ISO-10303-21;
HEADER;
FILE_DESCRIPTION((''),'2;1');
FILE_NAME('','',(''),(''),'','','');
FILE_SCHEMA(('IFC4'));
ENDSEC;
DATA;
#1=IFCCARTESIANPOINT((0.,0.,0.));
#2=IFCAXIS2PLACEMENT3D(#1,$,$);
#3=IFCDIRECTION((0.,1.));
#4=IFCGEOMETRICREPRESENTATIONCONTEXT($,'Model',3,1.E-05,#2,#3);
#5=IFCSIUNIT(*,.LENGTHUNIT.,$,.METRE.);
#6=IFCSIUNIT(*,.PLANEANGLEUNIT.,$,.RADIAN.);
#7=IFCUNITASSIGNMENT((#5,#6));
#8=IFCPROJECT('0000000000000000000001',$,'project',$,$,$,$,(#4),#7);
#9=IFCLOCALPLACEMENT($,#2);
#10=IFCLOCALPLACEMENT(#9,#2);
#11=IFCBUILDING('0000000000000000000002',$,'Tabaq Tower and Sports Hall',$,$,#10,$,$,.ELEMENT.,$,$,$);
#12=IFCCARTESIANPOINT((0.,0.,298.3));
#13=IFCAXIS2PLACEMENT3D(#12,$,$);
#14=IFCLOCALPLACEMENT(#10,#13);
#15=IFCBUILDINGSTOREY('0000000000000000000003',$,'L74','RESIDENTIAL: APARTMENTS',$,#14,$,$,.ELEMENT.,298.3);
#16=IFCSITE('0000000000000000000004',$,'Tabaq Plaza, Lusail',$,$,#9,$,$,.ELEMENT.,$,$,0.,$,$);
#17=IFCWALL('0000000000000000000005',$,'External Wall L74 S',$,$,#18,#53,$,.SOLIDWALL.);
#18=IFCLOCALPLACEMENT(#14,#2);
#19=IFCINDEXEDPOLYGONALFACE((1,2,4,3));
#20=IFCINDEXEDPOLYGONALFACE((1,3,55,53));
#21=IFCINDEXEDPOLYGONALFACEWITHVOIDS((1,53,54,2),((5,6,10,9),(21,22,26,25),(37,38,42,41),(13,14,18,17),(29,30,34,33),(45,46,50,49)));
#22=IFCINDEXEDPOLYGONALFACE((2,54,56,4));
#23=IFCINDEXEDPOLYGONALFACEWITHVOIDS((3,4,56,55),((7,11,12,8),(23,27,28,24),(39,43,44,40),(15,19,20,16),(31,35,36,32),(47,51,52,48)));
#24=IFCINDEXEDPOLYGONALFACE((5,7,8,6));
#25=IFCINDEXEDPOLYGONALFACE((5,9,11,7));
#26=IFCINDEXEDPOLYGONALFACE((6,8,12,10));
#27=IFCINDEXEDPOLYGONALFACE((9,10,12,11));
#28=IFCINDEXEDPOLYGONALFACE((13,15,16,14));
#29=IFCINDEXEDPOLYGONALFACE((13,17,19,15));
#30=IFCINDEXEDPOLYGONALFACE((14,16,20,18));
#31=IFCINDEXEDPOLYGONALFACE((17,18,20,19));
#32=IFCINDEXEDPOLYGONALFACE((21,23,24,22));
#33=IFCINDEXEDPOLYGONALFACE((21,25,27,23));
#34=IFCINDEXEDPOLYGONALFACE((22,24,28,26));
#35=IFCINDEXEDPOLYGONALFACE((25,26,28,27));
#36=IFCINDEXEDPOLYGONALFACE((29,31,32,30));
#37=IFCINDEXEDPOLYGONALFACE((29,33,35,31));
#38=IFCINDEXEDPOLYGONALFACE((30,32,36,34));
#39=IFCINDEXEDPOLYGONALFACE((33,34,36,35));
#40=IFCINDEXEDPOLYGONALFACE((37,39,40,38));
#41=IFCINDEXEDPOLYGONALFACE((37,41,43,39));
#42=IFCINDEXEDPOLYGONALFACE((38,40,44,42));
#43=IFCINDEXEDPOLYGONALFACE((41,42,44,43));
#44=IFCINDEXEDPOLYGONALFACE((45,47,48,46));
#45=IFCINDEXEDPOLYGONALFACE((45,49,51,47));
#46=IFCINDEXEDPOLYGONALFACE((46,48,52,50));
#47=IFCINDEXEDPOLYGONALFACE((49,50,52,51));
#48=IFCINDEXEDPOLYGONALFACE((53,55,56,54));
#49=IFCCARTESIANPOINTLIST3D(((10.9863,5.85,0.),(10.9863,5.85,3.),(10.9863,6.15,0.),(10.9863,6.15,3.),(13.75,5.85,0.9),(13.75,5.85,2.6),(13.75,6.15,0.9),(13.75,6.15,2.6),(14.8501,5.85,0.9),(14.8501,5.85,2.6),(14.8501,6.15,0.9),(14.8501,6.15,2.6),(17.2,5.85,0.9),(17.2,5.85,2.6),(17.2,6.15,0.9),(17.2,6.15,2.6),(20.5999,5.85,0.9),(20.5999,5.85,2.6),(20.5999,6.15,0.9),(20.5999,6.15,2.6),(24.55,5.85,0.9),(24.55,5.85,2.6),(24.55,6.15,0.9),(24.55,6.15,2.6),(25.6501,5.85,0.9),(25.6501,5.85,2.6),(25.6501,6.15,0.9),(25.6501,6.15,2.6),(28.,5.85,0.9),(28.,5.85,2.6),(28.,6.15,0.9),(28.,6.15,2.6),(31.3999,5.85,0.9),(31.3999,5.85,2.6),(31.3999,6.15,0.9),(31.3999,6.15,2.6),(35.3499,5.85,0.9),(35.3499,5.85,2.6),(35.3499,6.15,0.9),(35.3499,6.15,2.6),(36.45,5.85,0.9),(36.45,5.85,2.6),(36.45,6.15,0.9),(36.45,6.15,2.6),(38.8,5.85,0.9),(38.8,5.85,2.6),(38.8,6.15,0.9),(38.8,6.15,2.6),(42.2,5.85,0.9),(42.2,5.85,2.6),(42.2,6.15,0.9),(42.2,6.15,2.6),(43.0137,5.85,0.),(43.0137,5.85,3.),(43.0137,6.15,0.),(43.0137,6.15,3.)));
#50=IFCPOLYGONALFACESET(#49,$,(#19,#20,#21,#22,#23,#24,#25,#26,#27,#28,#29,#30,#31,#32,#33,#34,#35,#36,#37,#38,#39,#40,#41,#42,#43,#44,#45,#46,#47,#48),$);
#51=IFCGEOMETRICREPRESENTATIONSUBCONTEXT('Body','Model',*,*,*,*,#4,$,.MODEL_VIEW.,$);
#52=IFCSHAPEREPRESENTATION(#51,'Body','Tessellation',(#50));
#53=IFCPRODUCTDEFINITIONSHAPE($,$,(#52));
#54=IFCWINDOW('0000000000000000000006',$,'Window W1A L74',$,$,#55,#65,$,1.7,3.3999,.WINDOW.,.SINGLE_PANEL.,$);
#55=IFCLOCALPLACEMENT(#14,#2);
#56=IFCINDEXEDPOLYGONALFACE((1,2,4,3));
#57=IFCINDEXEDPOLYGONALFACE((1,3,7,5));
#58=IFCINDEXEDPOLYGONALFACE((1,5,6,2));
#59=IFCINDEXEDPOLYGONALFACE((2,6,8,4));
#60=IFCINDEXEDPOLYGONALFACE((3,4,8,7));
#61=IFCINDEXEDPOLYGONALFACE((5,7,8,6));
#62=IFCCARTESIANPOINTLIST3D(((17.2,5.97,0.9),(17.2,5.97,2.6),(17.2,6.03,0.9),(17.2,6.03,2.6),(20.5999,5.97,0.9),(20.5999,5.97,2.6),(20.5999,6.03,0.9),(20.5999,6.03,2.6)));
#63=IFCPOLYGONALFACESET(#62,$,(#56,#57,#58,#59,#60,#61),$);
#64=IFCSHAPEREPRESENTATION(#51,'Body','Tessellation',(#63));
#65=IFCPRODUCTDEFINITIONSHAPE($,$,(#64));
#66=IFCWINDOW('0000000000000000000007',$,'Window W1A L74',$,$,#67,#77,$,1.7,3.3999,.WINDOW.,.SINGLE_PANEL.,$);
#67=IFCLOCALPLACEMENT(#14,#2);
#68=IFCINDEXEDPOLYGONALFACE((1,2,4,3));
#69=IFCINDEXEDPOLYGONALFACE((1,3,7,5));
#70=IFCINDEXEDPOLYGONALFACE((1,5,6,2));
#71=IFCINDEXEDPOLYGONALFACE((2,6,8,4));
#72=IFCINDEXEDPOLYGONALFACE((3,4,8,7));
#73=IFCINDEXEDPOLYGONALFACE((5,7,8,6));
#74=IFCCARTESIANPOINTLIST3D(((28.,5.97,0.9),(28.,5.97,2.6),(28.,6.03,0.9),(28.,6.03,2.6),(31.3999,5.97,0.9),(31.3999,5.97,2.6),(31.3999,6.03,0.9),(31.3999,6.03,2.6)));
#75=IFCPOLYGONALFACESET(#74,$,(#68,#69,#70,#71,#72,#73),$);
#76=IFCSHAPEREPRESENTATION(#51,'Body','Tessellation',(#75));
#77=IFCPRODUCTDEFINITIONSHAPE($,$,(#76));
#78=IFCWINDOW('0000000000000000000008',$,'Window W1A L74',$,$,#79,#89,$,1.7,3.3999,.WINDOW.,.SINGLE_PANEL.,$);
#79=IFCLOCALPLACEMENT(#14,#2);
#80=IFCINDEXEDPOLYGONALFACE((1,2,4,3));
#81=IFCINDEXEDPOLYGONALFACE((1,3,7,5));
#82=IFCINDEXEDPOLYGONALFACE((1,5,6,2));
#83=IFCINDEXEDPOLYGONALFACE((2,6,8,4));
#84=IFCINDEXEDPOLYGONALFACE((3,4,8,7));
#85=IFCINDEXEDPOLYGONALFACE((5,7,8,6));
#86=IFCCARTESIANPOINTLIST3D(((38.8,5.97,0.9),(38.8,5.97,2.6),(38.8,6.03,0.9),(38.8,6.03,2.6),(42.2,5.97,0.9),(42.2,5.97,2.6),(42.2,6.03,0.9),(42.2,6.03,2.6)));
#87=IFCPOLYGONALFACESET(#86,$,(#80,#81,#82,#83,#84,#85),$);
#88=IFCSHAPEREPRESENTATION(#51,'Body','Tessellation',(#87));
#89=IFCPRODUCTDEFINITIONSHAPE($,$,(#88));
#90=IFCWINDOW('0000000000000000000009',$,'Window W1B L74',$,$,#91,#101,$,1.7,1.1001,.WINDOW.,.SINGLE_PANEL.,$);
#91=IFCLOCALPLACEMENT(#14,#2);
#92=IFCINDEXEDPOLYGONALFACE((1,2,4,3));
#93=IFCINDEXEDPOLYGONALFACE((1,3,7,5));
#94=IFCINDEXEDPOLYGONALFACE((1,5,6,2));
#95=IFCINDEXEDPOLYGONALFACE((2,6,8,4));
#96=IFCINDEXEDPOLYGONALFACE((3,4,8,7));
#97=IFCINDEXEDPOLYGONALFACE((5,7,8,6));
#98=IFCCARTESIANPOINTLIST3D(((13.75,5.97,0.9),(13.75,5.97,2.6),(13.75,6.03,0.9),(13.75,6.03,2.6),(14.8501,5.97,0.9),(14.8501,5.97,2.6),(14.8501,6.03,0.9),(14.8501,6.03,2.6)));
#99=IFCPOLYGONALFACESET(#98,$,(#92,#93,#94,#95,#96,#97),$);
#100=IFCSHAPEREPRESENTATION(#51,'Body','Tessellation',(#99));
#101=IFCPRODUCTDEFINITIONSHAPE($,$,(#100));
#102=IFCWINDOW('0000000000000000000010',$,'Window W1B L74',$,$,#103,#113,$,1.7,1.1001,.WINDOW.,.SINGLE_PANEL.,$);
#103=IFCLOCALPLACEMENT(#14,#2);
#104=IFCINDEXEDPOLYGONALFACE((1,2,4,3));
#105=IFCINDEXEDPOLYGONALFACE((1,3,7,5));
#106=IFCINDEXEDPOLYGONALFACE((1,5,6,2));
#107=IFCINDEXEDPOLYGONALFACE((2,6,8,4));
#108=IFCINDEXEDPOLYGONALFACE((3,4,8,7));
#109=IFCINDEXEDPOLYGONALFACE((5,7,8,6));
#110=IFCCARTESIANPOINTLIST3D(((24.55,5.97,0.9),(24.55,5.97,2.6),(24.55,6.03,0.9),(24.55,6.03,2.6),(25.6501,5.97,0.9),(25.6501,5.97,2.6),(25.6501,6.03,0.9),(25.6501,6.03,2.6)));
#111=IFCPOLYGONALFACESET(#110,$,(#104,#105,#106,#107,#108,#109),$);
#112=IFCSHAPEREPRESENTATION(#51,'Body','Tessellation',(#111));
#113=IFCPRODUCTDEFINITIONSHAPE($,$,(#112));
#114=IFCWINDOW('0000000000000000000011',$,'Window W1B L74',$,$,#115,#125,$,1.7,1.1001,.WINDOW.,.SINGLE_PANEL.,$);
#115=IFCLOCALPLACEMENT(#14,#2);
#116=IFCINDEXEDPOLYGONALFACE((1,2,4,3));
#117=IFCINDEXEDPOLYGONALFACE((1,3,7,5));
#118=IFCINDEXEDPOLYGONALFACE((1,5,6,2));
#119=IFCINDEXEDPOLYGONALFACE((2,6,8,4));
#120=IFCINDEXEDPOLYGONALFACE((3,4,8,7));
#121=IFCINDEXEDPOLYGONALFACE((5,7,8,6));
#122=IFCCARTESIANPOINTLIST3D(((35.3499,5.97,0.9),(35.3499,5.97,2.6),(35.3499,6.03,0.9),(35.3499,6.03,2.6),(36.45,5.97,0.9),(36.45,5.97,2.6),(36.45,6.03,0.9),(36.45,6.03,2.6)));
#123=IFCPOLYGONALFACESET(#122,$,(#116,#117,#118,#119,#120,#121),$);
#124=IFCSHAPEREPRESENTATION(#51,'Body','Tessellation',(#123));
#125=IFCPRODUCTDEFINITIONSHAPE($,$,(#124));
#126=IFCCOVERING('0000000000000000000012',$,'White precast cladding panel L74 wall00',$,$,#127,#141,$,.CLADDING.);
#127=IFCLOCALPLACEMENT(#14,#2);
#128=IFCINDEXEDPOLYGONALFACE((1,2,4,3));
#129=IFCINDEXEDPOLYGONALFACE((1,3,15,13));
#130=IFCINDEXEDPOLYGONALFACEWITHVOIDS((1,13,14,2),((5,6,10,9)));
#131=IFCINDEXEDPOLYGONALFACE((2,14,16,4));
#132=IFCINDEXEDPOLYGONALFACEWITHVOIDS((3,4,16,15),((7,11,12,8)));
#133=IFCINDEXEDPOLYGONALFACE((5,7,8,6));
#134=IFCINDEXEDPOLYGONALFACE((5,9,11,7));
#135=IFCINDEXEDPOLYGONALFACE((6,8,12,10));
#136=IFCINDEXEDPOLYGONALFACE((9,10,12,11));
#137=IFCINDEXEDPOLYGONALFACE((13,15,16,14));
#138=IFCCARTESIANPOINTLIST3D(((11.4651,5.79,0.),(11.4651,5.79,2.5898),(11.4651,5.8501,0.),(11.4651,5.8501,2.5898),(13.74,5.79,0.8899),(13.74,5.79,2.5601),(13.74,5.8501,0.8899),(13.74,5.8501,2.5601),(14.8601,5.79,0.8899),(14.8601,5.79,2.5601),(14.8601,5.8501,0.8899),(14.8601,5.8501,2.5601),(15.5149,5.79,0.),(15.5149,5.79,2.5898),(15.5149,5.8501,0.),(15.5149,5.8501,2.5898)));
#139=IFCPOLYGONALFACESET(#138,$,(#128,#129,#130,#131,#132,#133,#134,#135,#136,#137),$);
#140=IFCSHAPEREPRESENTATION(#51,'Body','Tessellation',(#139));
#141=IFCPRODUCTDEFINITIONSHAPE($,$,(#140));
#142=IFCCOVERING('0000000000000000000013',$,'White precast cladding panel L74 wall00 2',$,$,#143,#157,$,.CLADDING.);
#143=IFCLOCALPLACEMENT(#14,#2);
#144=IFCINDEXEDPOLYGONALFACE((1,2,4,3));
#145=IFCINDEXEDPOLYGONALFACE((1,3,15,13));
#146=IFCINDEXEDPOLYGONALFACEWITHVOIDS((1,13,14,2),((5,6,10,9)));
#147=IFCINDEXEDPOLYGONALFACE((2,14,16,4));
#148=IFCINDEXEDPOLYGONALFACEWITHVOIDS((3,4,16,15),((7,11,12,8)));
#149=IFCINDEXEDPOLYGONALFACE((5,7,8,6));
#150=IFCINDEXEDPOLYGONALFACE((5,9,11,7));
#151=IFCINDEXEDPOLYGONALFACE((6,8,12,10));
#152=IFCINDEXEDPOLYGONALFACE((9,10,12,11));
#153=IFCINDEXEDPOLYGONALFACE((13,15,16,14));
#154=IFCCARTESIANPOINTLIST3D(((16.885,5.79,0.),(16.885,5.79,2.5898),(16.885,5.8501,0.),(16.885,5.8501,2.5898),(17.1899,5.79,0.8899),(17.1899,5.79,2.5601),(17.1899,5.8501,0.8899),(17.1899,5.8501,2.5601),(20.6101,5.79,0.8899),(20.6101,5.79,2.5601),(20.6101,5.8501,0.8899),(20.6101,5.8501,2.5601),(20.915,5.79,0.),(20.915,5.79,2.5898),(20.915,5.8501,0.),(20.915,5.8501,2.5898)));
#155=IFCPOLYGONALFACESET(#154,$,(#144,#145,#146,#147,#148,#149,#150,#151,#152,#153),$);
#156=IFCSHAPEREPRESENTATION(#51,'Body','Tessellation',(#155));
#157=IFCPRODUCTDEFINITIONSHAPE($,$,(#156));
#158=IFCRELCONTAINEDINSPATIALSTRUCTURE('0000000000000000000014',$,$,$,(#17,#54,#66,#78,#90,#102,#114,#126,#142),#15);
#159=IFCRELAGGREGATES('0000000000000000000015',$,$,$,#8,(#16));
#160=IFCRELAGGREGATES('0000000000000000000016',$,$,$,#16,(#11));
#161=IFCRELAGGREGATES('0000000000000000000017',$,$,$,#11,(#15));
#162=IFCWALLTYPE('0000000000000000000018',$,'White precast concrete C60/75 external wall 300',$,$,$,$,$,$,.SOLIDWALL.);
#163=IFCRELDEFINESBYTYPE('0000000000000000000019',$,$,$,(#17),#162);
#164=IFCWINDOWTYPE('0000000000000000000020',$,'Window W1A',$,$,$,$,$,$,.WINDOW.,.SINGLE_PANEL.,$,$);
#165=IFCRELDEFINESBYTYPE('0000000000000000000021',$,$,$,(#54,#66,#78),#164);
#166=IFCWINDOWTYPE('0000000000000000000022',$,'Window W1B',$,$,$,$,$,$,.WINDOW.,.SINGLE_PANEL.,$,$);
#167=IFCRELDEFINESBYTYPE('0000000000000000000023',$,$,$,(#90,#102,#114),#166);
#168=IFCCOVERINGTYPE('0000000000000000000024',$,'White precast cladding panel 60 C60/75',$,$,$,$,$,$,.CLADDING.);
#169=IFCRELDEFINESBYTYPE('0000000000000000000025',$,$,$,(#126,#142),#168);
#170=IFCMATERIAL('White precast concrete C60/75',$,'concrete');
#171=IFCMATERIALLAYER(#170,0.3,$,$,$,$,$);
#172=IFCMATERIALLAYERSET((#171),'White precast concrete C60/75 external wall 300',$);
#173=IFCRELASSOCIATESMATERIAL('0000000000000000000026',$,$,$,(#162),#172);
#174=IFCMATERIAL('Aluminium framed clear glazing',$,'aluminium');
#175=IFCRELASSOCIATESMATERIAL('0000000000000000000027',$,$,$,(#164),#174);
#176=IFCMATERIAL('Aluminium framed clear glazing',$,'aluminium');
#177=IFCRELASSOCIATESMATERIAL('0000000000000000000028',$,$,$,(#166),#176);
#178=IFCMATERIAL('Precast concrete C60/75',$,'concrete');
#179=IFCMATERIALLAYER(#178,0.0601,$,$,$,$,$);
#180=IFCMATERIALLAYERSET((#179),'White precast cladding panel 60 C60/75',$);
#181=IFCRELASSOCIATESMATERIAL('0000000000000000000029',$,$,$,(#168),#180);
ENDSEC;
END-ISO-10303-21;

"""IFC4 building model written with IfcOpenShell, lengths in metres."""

from ifc_helpers import new_model, si_unit, direction, frame, frame_2d, origin, place, context, subcontext, project, spatial, polyline, rectangle, outline, extrude, material, layer, layer_set, type_object, element, fill, save


model = new_model("IFC4")

# Units and contexts
model_context = context("Model", 3, precision=1e-05, world=origin(), true_north=direction((0.0, 1.0)))
body_context = subcontext(model_context, "Body", "Model", "MODEL_VIEW")
ifc_project = project(units=[si_unit("LENGTHUNIT", "METRE"), si_unit("PLANEANGLEUNIT", "RADIAN")], contexts=[model_context])

# Site, building, storey
site_placement = place(None, origin())
site = spatial("IfcSite", under=ifc_project, at=site_placement, Name="Tabaq Plaza, Lusail", CompositionType="ELEMENT", RefElevation=0.0)
building_placement = place(site_placement, origin())
building = spatial("IfcBuilding", under=site, at=building_placement, Name="Tabaq Tower and Sports Hall", CompositionType="ELEMENT")
storey_placement = place(building_placement, frame((0.0, 0.0, 298.3)))
storey = spatial("IfcBuildingStorey", under=building, at=storey_placement, Name="L74", Description="RESIDENTIAL: APARTMENTS", CompositionType="ELEMENT", Elevation=298.3)

# Wall, openings, windows
ifc_material_1 = material(Name="White precast concrete C60/75", Category="concrete")
ifc_layer_1 = layer(ifc_material_1, 0.3)
ifc_layer_set_1 = layer_set([ifc_layer_1], Name="White precast concrete C60/75 external wall 300")
wall_type_1 = type_object("IfcWallType", Name="White precast concrete C60/75 external wall 300", PredefinedType="SOLIDWALL", material=ifc_layer_set_1)
wall_1_placement = place(storey_placement, frame((10.9863, 6.0, 0.0), z_axis=(0.0, 0.0, 1.0), x_axis=(1.0, 0.0, 0.0)))
wall_1 = element("IfcWall", 1, at=wall_1_placement, inside=storey, type_object=wall_type_1, Name="External Wall L74 S", PredefinedType="SOLIDWALL", context=body_context, shape_type="SweptSolid", body=[
    extrude(rectangle(XDim=32.0273, YDim=0.3, at=frame_2d((16.0137, 0.0))), origin(), (0.0, 0.0, 1.0), 3.0),
])
opening_1_placement = place(wall_1_placement, frame((2.7637, 0.0, 0.8999)))
opening_1 = element("IfcOpeningElement", 2, at=opening_1_placement, cuts=wall_1, PredefinedType="OPENING", context=body_context, shape_type="SweptSolid", body=[
    extrude(rectangle(XDim=1.1001, YDim=1.7, at=frame_2d((0.55, 0.8501))), frame((0.0, 0.1602, 0.0), z_axis=(0.0, -1.0, 0.0), x_axis=(1.0, 0.0, 0.0)), (0.0, 0.0, 1.0), 0.3201),
])
opening_2_placement = place(wall_1_placement, frame((6.2136, 0.0, 0.8999)))
opening_2 = element("IfcOpeningElement", 3, at=opening_2_placement, cuts=wall_1, PredefinedType="OPENING", context=body_context, shape_type="SweptSolid", body=[
    extrude(rectangle(XDim=3.3999, YDim=1.7, at=frame_2d((1.7, 0.8501))), frame((0.0, 0.1602, 0.0), z_axis=(0.0, -1.0, 0.0), x_axis=(1.0, 0.0, 0.0)), (0.0, 0.0, 1.0), 0.3201),
])
opening_3_placement = place(wall_1_placement, frame((13.5637, 0.0, 0.8999)))
opening_3 = element("IfcOpeningElement", 4, at=opening_3_placement, cuts=wall_1, PredefinedType="OPENING", context=body_context, shape_type="SweptSolid", body=[
    extrude(rectangle(XDim=1.1001, YDim=1.7, at=frame_2d((0.55, 0.8501))), frame((0.0, 0.1602, 0.0), z_axis=(0.0, -1.0, 0.0), x_axis=(1.0, 0.0, 0.0)), (0.0, 0.0, 1.0), 0.3201),
])
opening_4_placement = place(wall_1_placement, frame((17.0137, 0.0, 0.8999)))
opening_4 = element("IfcOpeningElement", 5, at=opening_4_placement, cuts=wall_1, PredefinedType="OPENING", context=body_context, shape_type="SweptSolid", body=[
    extrude(rectangle(XDim=3.3999, YDim=1.7, at=frame_2d((1.7, 0.8501))), frame((0.0, 0.1602, 0.0), z_axis=(0.0, -1.0, 0.0), x_axis=(1.0, 0.0, 0.0)), (0.0, 0.0, 1.0), 0.3201),
])
opening_5_placement = place(wall_1_placement, frame((24.3635, 0.0, 0.8999)))
opening_5 = element("IfcOpeningElement", 6, at=opening_5_placement, cuts=wall_1, PredefinedType="OPENING", context=body_context, shape_type="SweptSolid", body=[
    extrude(rectangle(XDim=1.1001, YDim=1.7, at=frame_2d((0.55, 0.8501))), frame((0.0, 0.1602, 0.0), z_axis=(0.0, -1.0, 0.0), x_axis=(1.0, 0.0, 0.0)), (0.0, 0.0, 1.0), 0.3201),
])
opening_6_placement = place(wall_1_placement, frame((27.8137, 0.0, 0.8999)))
opening_6 = element("IfcOpeningElement", 7, at=opening_6_placement, cuts=wall_1, PredefinedType="OPENING", context=body_context, shape_type="SweptSolid", body=[
    extrude(rectangle(XDim=3.3999, YDim=1.7, at=frame_2d((1.7, 0.8501))), frame((0.0, 0.1602, 0.0), z_axis=(0.0, -1.0, 0.0), x_axis=(1.0, 0.0, 0.0)), (0.0, 0.0, 1.0), 0.3201),
])
ifc_material_2 = material(Name="Aluminium framed clear glazing", Category="aluminium")
window_type_1 = type_object("IfcWindowType", Name="Window W1A", PartitioningType="SINGLE_PANEL", PredefinedType="WINDOW", material=ifc_material_2)
window_1_placement = place(opening_2_placement, origin())
window_1 = element("IfcWindow", 8, at=window_1_placement, inside=storey, type_object=window_type_1, Name="Window W1A L74", OverallHeight=1.7, OverallWidth=3.3999, PartitioningType="SINGLE_PANEL", PredefinedType="WINDOW", context=body_context, shape_type="SweptSolid", body=[
    extrude(rectangle(XDim=3.3999, YDim=1.7, at=frame_2d((1.7, 0.8501))), frame((0.0, 0.03, 0.0), z_axis=(0.0, -1.0, 0.0), x_axis=(1.0, 0.0, 0.0)), (0.0, 0.0, 1.0), 0.0601),
])
fill(opening_2, window_1)
window_2_placement = place(opening_4_placement, origin())
window_2 = element("IfcWindow", 9, at=window_2_placement, inside=storey, type_object=window_type_1, Name="Window W1A L74", OverallHeight=1.7, OverallWidth=3.3999, PartitioningType="SINGLE_PANEL", PredefinedType="WINDOW", context=body_context, shape_type="SweptSolid", body=[
    extrude(rectangle(XDim=3.3999, YDim=1.7, at=frame_2d((1.7, 0.8501))), frame((0.0, 0.03, 0.0), z_axis=(0.0, -1.0, 0.0), x_axis=(1.0, 0.0, 0.0)), (0.0, 0.0, 1.0), 0.0601),
])
fill(opening_4, window_2)
window_3_placement = place(opening_6_placement, origin())
window_3 = element("IfcWindow", 10, at=window_3_placement, inside=storey, type_object=window_type_1, Name="Window W1A L74", OverallHeight=1.7, OverallWidth=3.3999, PartitioningType="SINGLE_PANEL", PredefinedType="WINDOW", context=body_context, shape_type="SweptSolid", body=[
    extrude(rectangle(XDim=3.3999, YDim=1.7, at=frame_2d((1.7, 0.8501))), frame((0.0, 0.03, 0.0), z_axis=(0.0, -1.0, 0.0), x_axis=(1.0, 0.0, 0.0)), (0.0, 0.0, 1.0), 0.0601),
])
fill(opening_6, window_3)
ifc_material_3 = material(Name="Aluminium framed clear glazing", Category="aluminium")
window_type_2 = type_object("IfcWindowType", Name="Window W1B", PartitioningType="SINGLE_PANEL", PredefinedType="WINDOW", material=ifc_material_3)
window_4_placement = place(opening_1_placement, origin())
window_4 = element("IfcWindow", 11, at=window_4_placement, inside=storey, type_object=window_type_2, Name="Window W1B L74", OverallHeight=1.7, OverallWidth=1.1001, PartitioningType="SINGLE_PANEL", PredefinedType="WINDOW", context=body_context, shape_type="SweptSolid", body=[
    extrude(rectangle(XDim=1.1001, YDim=1.7, at=frame_2d((0.55, 0.8501))), frame((0.0, 0.03, 0.0), z_axis=(0.0, -1.0, 0.0), x_axis=(1.0, 0.0, 0.0)), (0.0, 0.0, 1.0), 0.0601),
])
fill(opening_1, window_4)
window_5_placement = place(opening_3_placement, origin())
window_5 = element("IfcWindow", 12, at=window_5_placement, inside=storey, type_object=window_type_2, Name="Window W1B L74", OverallHeight=1.7, OverallWidth=1.1001, PartitioningType="SINGLE_PANEL", PredefinedType="WINDOW", context=body_context, shape_type="SweptSolid", body=[
    extrude(rectangle(XDim=1.1001, YDim=1.7, at=frame_2d((0.55, 0.8501))), frame((0.0, 0.03, 0.0), z_axis=(0.0, -1.0, 0.0), x_axis=(1.0, 0.0, 0.0)), (0.0, 0.0, 1.0), 0.0601),
])
fill(opening_3, window_5)
window_6_placement = place(opening_5_placement, origin())
window_6 = element("IfcWindow", 13, at=window_6_placement, inside=storey, type_object=window_type_2, Name="Window W1B L74", OverallHeight=1.7, OverallWidth=1.1001, PartitioningType="SINGLE_PANEL", PredefinedType="WINDOW", context=body_context, shape_type="SweptSolid", body=[
    extrude(rectangle(XDim=1.1001, YDim=1.7, at=frame_2d((0.55, 0.8501))), frame((0.0, 0.03, 0.0), z_axis=(0.0, -1.0, 0.0), x_axis=(1.0, 0.0, 0.0)), (0.0, 0.0, 1.0), 0.0601),
])
fill(opening_5, window_6)

# Coverings
ifc_material_4 = material(Name="Precast concrete C60/75", Category="concrete")
ifc_layer_2 = layer(ifc_material_4, 0.0601)
ifc_layer_set_2 = layer_set([ifc_layer_2], Name="White precast cladding panel 60 C60/75")
covering_type = type_object("IfcCoveringType", Name="White precast cladding panel 60 C60/75", PredefinedType="CLADDING", material=ifc_layer_set_2)
covering_1_placement = place(storey_placement, frame((11.4651, 5.8201, 0.0), z_axis=(0.0, 0.0, 1.0), x_axis=(1.0, 0.0, 0.0)))
element("IfcCovering", 14, at=covering_1_placement, inside=storey, type_object=covering_type, Name="White precast cladding panel L74 wall00", PredefinedType="CLADDING", context=body_context, shape_type="SweptSolid", body=[
    extrude(outline(polyline([(0.0, 0.0), (4.0498, 0.0), (4.0498, 2.5898), (0.0, 2.5898), (0.0, 0.0)]), holes=[polyline([(3.395, 0.8899), (2.2749, 0.8899), (2.2749, 2.5601), (3.395, 2.5601), (3.395, 0.8899)])]), frame((0.0, 0.03, 0.0), z_axis=(0.0, -1.0, 0.0), x_axis=(1.0, 0.0, 0.0)), (0.0, 0.0, 1.0), 0.0601),
])
covering_2_placement = place(storey_placement, frame((16.885, 5.8201, 0.0), z_axis=(0.0, 0.0, 1.0), x_axis=(1.0, 0.0, 0.0)))
element("IfcCovering", 15, at=covering_2_placement, inside=storey, type_object=covering_type, Name="White precast cladding panel L74 wall00 2", PredefinedType="CLADDING", context=body_context, shape_type="SweptSolid", body=[
    extrude(outline(polyline([(0.0, 0.0), (4.03, 0.0), (4.03, 2.5898), (0.0, 2.5898), (0.0, 0.0)]), holes=[polyline([(3.7251, 0.8899), (0.3049, 0.8899), (0.3049, 2.5601), (3.7251, 2.5601), (3.7251, 0.8899)])]), frame((0.0, 0.03, 0.0), z_axis=(0.0, -1.0, 0.0), x_axis=(1.0, 0.0, 0.0)), (0.0, 0.0, 1.0), 0.0601),
])

save(model, "model.ifc")
